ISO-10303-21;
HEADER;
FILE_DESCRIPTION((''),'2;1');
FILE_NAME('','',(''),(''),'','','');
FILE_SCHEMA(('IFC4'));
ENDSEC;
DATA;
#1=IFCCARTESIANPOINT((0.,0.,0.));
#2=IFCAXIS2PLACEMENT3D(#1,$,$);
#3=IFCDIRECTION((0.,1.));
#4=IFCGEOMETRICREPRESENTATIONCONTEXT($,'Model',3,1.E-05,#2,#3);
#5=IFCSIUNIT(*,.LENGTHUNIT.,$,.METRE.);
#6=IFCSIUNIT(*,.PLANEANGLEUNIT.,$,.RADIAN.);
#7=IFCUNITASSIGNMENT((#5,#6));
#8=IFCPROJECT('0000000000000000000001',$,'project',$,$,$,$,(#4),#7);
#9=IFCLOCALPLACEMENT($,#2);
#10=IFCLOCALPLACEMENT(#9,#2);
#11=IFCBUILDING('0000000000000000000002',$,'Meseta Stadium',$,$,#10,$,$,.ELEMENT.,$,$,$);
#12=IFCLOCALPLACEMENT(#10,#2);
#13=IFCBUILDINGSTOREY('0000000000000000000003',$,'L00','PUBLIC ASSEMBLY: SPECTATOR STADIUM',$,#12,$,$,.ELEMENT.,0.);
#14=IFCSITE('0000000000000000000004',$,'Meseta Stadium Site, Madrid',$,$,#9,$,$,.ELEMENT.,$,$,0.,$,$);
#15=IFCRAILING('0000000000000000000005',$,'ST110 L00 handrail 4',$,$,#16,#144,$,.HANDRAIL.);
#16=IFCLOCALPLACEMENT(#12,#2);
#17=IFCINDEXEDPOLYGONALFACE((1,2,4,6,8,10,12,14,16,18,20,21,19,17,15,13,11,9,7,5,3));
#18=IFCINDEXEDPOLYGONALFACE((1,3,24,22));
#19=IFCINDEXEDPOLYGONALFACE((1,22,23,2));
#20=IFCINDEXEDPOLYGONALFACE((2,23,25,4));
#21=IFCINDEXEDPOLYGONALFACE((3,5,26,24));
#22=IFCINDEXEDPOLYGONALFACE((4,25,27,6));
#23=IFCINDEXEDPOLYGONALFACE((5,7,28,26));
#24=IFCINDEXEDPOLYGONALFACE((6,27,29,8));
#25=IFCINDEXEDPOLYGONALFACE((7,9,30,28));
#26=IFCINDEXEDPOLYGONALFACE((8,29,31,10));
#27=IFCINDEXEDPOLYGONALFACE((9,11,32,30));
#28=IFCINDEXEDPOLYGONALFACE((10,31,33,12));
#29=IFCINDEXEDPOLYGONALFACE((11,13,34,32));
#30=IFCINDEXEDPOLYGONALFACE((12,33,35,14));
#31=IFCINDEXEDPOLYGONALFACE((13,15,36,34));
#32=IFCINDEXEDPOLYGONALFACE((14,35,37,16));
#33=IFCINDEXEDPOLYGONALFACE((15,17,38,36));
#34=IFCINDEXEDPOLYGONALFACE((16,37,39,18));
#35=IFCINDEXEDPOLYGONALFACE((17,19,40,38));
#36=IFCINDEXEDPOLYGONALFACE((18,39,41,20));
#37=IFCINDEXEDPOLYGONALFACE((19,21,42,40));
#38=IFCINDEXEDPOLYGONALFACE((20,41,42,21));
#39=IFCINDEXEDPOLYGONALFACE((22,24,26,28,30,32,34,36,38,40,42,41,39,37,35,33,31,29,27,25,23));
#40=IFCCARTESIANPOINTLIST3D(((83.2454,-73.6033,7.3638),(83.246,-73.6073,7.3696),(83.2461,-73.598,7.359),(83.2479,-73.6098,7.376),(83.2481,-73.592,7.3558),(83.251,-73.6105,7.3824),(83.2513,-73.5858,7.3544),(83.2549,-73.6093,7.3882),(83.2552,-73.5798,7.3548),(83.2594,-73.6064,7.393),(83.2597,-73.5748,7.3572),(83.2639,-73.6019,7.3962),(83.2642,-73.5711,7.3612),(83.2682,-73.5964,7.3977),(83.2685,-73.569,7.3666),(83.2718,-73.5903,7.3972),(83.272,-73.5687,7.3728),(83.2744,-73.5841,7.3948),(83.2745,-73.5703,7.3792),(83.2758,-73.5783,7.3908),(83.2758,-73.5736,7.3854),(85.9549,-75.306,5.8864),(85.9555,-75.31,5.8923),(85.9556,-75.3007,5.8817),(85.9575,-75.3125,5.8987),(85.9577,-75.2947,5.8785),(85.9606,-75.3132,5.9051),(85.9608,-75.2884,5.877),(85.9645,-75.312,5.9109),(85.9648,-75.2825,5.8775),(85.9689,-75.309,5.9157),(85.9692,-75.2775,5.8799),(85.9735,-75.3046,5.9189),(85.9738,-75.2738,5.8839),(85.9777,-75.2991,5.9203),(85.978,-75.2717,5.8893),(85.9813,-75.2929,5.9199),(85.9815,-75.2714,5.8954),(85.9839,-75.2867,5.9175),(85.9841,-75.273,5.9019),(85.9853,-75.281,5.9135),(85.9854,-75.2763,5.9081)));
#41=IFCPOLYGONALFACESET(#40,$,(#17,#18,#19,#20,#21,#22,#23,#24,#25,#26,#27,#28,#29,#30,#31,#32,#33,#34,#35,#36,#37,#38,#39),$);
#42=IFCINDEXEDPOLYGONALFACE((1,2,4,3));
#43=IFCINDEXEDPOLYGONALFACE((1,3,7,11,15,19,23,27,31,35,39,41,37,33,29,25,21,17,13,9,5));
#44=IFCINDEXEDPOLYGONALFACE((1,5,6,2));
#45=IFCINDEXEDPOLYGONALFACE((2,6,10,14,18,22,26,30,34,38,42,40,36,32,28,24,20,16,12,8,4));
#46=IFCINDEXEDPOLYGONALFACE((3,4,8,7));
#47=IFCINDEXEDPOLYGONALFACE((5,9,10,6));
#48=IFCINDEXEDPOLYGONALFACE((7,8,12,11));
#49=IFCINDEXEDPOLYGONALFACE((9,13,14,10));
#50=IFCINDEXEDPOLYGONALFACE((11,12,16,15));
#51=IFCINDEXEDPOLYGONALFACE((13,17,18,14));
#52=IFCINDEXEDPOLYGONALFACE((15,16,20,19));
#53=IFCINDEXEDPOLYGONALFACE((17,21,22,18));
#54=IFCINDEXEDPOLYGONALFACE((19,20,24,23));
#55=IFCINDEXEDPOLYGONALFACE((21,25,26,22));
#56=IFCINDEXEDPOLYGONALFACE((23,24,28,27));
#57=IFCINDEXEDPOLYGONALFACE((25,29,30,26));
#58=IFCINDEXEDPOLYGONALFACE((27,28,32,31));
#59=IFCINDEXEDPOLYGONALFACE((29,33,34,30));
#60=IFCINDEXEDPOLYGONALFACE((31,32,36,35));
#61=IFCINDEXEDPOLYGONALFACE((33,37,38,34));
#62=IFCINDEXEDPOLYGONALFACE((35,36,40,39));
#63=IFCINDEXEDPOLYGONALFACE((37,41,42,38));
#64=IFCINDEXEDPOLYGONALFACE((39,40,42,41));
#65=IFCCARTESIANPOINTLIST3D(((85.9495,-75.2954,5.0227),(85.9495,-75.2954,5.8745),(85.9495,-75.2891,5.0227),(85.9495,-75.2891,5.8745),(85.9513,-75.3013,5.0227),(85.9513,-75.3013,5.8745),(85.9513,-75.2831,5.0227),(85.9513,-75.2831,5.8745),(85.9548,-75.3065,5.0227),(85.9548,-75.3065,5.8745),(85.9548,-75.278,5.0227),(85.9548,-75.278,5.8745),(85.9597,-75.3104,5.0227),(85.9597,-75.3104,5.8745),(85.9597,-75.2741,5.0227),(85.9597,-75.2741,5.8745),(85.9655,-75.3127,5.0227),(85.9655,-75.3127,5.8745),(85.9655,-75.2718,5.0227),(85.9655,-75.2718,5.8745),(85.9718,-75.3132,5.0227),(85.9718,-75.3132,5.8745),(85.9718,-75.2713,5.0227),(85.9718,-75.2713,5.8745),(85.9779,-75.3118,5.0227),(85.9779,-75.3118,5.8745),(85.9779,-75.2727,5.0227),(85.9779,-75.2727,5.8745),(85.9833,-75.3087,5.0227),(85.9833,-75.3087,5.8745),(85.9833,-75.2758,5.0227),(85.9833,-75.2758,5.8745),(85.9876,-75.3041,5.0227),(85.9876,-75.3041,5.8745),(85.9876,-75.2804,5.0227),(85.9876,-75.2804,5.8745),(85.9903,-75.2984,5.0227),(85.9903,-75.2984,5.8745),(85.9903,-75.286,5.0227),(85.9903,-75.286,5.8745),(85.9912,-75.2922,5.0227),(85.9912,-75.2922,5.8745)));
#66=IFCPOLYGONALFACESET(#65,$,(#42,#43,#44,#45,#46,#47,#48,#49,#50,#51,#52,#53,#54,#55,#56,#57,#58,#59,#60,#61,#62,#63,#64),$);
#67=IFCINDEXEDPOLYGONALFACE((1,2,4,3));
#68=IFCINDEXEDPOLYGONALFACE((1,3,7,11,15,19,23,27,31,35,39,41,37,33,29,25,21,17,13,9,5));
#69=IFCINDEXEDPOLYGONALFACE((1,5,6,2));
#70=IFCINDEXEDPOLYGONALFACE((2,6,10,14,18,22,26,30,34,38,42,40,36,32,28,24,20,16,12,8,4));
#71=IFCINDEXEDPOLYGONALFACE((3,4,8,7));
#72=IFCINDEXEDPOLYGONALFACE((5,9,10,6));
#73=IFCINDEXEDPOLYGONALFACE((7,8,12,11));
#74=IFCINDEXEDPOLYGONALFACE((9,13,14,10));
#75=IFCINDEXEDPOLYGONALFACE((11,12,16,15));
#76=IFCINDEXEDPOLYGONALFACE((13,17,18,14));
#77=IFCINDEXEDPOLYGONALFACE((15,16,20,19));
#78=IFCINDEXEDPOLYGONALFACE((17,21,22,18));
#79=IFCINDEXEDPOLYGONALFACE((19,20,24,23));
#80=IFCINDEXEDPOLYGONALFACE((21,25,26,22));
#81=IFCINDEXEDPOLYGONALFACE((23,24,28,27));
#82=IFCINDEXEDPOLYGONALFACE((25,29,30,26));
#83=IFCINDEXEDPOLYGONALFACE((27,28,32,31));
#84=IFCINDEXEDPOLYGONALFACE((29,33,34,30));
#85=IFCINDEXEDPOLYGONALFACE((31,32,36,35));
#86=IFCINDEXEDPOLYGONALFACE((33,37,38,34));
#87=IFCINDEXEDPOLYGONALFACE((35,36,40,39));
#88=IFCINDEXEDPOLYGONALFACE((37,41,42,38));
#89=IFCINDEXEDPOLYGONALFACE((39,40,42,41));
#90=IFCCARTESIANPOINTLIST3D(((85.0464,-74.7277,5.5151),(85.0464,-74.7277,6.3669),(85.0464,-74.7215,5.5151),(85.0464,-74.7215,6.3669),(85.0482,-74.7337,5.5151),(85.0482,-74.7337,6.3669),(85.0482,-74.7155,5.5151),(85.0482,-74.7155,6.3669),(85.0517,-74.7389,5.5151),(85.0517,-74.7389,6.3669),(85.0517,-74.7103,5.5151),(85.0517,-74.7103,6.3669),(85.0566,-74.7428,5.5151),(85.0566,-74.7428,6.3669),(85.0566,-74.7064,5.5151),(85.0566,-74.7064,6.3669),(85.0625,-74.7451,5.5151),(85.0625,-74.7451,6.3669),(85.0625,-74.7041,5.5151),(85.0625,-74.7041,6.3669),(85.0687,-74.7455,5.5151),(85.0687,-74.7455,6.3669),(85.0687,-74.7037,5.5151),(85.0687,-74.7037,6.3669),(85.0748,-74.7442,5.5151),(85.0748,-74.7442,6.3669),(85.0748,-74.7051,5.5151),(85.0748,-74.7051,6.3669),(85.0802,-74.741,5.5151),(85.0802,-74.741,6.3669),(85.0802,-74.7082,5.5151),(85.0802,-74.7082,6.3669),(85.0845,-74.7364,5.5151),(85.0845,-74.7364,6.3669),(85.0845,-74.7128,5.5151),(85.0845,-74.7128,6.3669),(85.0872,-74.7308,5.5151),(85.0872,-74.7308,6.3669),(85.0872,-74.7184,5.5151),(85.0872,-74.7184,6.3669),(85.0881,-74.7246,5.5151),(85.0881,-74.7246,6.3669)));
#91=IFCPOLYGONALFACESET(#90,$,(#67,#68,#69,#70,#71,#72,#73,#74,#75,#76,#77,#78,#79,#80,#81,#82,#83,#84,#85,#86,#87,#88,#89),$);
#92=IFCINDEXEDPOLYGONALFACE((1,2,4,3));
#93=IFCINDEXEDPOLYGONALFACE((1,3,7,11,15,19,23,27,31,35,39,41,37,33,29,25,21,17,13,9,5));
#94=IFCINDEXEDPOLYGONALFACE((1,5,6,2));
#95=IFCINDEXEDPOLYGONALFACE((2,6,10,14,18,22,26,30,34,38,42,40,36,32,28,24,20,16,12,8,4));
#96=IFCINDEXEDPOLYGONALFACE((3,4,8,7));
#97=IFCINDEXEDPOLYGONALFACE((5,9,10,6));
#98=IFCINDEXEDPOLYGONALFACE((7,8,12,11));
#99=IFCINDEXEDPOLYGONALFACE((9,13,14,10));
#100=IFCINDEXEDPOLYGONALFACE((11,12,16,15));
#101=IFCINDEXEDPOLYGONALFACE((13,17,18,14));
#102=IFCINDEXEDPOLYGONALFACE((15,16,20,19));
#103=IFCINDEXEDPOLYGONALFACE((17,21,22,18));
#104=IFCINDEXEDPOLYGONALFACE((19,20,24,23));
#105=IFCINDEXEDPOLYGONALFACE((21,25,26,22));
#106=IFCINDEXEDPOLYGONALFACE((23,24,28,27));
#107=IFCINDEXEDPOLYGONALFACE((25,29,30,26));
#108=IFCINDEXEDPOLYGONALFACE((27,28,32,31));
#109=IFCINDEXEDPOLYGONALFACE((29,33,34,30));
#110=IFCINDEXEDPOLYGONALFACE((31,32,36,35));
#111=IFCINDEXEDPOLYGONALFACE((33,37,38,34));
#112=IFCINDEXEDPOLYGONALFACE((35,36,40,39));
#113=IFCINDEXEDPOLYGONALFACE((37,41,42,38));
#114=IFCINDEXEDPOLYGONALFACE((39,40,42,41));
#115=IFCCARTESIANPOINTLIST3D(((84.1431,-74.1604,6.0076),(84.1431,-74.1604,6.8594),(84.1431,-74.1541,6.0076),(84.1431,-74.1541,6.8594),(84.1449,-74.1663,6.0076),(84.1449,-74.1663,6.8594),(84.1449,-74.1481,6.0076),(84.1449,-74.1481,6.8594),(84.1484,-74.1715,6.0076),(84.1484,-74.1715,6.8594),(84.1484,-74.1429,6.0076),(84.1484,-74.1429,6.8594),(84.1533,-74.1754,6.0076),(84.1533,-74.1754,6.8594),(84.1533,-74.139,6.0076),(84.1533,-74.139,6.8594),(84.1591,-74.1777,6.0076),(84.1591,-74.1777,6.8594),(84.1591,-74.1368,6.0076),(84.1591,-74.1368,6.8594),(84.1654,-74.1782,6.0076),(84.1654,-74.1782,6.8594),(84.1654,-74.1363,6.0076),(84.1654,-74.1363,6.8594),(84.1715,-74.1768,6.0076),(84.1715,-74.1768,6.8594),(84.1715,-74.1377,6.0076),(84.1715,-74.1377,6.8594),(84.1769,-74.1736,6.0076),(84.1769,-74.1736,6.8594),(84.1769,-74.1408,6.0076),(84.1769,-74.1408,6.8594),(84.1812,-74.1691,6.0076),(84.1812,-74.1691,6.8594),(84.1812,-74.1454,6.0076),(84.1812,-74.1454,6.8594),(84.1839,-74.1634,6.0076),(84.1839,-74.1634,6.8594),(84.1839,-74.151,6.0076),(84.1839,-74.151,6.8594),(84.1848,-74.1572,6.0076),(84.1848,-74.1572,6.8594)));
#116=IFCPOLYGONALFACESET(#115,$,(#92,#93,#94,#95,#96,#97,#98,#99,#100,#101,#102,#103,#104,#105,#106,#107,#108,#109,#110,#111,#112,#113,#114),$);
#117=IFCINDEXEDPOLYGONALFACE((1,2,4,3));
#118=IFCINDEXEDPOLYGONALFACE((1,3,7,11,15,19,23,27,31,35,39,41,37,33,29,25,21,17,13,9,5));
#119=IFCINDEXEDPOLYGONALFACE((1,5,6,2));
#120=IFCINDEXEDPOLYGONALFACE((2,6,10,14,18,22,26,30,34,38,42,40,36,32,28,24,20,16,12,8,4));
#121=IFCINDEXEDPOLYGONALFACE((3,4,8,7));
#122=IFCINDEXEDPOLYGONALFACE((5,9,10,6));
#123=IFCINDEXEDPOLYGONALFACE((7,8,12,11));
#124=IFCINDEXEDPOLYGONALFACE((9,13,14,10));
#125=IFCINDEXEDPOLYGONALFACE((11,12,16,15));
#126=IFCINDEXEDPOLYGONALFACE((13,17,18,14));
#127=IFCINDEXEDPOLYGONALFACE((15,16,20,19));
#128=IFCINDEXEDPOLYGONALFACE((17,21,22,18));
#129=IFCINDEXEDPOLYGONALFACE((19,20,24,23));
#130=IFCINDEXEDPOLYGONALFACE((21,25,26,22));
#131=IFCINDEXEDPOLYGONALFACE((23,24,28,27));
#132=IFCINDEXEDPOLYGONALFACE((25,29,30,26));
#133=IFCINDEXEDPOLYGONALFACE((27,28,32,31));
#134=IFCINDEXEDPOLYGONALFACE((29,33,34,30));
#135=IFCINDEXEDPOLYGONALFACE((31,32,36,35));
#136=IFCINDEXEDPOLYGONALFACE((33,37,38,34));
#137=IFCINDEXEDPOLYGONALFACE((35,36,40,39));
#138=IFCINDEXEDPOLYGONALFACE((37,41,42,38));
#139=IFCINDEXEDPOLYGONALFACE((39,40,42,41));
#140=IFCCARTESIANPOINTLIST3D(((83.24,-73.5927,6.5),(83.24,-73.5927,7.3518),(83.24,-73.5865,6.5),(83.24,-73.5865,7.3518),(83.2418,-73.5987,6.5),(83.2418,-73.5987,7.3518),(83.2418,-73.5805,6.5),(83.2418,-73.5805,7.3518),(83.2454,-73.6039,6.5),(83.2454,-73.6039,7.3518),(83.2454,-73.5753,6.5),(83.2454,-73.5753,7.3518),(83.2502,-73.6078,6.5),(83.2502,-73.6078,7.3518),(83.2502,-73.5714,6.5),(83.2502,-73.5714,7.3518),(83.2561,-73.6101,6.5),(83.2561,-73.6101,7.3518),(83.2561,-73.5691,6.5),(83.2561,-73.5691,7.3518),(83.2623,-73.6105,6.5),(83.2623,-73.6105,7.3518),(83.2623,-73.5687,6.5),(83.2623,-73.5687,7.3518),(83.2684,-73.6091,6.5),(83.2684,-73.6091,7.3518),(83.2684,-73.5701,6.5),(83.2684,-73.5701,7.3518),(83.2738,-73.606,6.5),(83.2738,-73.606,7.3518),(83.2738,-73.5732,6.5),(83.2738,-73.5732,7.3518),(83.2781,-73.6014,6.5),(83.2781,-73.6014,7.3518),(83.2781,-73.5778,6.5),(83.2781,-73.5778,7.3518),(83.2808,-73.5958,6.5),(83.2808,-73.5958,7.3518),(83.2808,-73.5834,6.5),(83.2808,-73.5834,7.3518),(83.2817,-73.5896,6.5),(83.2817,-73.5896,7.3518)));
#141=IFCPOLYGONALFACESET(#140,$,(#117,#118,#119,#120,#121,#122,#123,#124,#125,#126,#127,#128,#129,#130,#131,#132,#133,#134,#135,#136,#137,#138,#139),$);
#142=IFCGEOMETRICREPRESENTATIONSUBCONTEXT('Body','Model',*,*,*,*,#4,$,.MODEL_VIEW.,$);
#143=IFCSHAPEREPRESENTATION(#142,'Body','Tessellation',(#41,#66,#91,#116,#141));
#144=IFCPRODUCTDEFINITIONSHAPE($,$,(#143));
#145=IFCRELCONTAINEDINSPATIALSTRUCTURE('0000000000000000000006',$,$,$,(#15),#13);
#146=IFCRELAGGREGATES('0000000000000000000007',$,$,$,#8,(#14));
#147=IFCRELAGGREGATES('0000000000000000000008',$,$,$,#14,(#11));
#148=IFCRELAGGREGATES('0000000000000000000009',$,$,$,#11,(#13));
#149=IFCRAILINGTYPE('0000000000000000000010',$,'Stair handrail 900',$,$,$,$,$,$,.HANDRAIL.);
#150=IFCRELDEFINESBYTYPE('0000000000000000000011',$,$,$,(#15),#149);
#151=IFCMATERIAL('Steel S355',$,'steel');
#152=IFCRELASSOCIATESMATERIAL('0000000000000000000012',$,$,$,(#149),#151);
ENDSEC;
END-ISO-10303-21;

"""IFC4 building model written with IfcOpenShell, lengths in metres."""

from ifc_helpers import new_model, si_unit, direction, frame, origin, origin_2d, place, context, subcontext, project, spatial, circle, extrude, material, type_object, element, save


model = new_model("IFC4")

# Units and contexts
model_context = context("Model", 3, precision=1e-05, world=origin(), true_north=direction((0.0, 1.0)))
body_context = subcontext(model_context, "Body", "Model", "MODEL_VIEW")
ifc_project = project(units=[si_unit("LENGTHUNIT", "METRE"), si_unit("PLANEANGLEUNIT", "RADIAN")], contexts=[model_context])

# Site, building, storey
site_placement = place(None, origin())
site = spatial("IfcSite", under=ifc_project, at=site_placement, Name="Meseta Stadium Site, Madrid", CompositionType="ELEMENT", RefElevation=0.0)
building_placement = place(site_placement, origin())
building = spatial("IfcBuilding", under=site, at=building_placement, Name="Meseta Stadium", CompositionType="ELEMENT")
storey_placement = place(building_placement, origin())
storey = spatial("IfcBuildingStorey", under=building, at=storey_placement, Name="L00", Description="PUBLIC ASSEMBLY: SPECTATOR STADIUM", CompositionType="ELEMENT", Elevation=0.0)

# Railing
ifc_material_1 = material(Name="Steel S355", Category="steel")
railing_type_1 = type_object("IfcRailingType", Name="Stair handrail 900", PredefinedType="HANDRAIL", material=ifc_material_1)
railing_1_placement = place(storey_placement, frame((85.9702, -75.2922, 5.0227)))
element("IfcRailing", 1, at=railing_1_placement, inside=storey, type_object=railing_type_1, Name="ST110 L00 handrail 4", PredefinedType="HANDRAIL", context=body_context, shape_type="SweptSolid", body=[
    extrude(circle(Radius=0.0239, at=origin_2d()), frame((0.0, 0.0, 0.876), z_axis=(-0.768738, 0.483076, 0.419142), x_axis=(-0.532068, -0.846701, 0.0)), (0.0, 0.0, 1.0), 3.5247),
    extrude(circle(Radius=0.021, at=origin_2d()), origin(), (0.0, 0.0, 1.0), 0.8518),
    extrude(circle(Radius=0.021, at=origin_2d()), frame((-0.9031, 0.5676, 0.4924)), (0.0, 0.0, 1.0), 0.8518),
    extrude(circle(Radius=0.021, at=origin_2d()), frame((-1.8064, 1.135, 0.9849)), (0.0, 0.0, 1.0), 0.8518),
    extrude(circle(Radius=0.021, at=origin_2d()), frame((-2.7095, 1.7026, 1.4773)), (0.0, 0.0, 1.0), 0.8518),
])

save(model, "model.ifc")
